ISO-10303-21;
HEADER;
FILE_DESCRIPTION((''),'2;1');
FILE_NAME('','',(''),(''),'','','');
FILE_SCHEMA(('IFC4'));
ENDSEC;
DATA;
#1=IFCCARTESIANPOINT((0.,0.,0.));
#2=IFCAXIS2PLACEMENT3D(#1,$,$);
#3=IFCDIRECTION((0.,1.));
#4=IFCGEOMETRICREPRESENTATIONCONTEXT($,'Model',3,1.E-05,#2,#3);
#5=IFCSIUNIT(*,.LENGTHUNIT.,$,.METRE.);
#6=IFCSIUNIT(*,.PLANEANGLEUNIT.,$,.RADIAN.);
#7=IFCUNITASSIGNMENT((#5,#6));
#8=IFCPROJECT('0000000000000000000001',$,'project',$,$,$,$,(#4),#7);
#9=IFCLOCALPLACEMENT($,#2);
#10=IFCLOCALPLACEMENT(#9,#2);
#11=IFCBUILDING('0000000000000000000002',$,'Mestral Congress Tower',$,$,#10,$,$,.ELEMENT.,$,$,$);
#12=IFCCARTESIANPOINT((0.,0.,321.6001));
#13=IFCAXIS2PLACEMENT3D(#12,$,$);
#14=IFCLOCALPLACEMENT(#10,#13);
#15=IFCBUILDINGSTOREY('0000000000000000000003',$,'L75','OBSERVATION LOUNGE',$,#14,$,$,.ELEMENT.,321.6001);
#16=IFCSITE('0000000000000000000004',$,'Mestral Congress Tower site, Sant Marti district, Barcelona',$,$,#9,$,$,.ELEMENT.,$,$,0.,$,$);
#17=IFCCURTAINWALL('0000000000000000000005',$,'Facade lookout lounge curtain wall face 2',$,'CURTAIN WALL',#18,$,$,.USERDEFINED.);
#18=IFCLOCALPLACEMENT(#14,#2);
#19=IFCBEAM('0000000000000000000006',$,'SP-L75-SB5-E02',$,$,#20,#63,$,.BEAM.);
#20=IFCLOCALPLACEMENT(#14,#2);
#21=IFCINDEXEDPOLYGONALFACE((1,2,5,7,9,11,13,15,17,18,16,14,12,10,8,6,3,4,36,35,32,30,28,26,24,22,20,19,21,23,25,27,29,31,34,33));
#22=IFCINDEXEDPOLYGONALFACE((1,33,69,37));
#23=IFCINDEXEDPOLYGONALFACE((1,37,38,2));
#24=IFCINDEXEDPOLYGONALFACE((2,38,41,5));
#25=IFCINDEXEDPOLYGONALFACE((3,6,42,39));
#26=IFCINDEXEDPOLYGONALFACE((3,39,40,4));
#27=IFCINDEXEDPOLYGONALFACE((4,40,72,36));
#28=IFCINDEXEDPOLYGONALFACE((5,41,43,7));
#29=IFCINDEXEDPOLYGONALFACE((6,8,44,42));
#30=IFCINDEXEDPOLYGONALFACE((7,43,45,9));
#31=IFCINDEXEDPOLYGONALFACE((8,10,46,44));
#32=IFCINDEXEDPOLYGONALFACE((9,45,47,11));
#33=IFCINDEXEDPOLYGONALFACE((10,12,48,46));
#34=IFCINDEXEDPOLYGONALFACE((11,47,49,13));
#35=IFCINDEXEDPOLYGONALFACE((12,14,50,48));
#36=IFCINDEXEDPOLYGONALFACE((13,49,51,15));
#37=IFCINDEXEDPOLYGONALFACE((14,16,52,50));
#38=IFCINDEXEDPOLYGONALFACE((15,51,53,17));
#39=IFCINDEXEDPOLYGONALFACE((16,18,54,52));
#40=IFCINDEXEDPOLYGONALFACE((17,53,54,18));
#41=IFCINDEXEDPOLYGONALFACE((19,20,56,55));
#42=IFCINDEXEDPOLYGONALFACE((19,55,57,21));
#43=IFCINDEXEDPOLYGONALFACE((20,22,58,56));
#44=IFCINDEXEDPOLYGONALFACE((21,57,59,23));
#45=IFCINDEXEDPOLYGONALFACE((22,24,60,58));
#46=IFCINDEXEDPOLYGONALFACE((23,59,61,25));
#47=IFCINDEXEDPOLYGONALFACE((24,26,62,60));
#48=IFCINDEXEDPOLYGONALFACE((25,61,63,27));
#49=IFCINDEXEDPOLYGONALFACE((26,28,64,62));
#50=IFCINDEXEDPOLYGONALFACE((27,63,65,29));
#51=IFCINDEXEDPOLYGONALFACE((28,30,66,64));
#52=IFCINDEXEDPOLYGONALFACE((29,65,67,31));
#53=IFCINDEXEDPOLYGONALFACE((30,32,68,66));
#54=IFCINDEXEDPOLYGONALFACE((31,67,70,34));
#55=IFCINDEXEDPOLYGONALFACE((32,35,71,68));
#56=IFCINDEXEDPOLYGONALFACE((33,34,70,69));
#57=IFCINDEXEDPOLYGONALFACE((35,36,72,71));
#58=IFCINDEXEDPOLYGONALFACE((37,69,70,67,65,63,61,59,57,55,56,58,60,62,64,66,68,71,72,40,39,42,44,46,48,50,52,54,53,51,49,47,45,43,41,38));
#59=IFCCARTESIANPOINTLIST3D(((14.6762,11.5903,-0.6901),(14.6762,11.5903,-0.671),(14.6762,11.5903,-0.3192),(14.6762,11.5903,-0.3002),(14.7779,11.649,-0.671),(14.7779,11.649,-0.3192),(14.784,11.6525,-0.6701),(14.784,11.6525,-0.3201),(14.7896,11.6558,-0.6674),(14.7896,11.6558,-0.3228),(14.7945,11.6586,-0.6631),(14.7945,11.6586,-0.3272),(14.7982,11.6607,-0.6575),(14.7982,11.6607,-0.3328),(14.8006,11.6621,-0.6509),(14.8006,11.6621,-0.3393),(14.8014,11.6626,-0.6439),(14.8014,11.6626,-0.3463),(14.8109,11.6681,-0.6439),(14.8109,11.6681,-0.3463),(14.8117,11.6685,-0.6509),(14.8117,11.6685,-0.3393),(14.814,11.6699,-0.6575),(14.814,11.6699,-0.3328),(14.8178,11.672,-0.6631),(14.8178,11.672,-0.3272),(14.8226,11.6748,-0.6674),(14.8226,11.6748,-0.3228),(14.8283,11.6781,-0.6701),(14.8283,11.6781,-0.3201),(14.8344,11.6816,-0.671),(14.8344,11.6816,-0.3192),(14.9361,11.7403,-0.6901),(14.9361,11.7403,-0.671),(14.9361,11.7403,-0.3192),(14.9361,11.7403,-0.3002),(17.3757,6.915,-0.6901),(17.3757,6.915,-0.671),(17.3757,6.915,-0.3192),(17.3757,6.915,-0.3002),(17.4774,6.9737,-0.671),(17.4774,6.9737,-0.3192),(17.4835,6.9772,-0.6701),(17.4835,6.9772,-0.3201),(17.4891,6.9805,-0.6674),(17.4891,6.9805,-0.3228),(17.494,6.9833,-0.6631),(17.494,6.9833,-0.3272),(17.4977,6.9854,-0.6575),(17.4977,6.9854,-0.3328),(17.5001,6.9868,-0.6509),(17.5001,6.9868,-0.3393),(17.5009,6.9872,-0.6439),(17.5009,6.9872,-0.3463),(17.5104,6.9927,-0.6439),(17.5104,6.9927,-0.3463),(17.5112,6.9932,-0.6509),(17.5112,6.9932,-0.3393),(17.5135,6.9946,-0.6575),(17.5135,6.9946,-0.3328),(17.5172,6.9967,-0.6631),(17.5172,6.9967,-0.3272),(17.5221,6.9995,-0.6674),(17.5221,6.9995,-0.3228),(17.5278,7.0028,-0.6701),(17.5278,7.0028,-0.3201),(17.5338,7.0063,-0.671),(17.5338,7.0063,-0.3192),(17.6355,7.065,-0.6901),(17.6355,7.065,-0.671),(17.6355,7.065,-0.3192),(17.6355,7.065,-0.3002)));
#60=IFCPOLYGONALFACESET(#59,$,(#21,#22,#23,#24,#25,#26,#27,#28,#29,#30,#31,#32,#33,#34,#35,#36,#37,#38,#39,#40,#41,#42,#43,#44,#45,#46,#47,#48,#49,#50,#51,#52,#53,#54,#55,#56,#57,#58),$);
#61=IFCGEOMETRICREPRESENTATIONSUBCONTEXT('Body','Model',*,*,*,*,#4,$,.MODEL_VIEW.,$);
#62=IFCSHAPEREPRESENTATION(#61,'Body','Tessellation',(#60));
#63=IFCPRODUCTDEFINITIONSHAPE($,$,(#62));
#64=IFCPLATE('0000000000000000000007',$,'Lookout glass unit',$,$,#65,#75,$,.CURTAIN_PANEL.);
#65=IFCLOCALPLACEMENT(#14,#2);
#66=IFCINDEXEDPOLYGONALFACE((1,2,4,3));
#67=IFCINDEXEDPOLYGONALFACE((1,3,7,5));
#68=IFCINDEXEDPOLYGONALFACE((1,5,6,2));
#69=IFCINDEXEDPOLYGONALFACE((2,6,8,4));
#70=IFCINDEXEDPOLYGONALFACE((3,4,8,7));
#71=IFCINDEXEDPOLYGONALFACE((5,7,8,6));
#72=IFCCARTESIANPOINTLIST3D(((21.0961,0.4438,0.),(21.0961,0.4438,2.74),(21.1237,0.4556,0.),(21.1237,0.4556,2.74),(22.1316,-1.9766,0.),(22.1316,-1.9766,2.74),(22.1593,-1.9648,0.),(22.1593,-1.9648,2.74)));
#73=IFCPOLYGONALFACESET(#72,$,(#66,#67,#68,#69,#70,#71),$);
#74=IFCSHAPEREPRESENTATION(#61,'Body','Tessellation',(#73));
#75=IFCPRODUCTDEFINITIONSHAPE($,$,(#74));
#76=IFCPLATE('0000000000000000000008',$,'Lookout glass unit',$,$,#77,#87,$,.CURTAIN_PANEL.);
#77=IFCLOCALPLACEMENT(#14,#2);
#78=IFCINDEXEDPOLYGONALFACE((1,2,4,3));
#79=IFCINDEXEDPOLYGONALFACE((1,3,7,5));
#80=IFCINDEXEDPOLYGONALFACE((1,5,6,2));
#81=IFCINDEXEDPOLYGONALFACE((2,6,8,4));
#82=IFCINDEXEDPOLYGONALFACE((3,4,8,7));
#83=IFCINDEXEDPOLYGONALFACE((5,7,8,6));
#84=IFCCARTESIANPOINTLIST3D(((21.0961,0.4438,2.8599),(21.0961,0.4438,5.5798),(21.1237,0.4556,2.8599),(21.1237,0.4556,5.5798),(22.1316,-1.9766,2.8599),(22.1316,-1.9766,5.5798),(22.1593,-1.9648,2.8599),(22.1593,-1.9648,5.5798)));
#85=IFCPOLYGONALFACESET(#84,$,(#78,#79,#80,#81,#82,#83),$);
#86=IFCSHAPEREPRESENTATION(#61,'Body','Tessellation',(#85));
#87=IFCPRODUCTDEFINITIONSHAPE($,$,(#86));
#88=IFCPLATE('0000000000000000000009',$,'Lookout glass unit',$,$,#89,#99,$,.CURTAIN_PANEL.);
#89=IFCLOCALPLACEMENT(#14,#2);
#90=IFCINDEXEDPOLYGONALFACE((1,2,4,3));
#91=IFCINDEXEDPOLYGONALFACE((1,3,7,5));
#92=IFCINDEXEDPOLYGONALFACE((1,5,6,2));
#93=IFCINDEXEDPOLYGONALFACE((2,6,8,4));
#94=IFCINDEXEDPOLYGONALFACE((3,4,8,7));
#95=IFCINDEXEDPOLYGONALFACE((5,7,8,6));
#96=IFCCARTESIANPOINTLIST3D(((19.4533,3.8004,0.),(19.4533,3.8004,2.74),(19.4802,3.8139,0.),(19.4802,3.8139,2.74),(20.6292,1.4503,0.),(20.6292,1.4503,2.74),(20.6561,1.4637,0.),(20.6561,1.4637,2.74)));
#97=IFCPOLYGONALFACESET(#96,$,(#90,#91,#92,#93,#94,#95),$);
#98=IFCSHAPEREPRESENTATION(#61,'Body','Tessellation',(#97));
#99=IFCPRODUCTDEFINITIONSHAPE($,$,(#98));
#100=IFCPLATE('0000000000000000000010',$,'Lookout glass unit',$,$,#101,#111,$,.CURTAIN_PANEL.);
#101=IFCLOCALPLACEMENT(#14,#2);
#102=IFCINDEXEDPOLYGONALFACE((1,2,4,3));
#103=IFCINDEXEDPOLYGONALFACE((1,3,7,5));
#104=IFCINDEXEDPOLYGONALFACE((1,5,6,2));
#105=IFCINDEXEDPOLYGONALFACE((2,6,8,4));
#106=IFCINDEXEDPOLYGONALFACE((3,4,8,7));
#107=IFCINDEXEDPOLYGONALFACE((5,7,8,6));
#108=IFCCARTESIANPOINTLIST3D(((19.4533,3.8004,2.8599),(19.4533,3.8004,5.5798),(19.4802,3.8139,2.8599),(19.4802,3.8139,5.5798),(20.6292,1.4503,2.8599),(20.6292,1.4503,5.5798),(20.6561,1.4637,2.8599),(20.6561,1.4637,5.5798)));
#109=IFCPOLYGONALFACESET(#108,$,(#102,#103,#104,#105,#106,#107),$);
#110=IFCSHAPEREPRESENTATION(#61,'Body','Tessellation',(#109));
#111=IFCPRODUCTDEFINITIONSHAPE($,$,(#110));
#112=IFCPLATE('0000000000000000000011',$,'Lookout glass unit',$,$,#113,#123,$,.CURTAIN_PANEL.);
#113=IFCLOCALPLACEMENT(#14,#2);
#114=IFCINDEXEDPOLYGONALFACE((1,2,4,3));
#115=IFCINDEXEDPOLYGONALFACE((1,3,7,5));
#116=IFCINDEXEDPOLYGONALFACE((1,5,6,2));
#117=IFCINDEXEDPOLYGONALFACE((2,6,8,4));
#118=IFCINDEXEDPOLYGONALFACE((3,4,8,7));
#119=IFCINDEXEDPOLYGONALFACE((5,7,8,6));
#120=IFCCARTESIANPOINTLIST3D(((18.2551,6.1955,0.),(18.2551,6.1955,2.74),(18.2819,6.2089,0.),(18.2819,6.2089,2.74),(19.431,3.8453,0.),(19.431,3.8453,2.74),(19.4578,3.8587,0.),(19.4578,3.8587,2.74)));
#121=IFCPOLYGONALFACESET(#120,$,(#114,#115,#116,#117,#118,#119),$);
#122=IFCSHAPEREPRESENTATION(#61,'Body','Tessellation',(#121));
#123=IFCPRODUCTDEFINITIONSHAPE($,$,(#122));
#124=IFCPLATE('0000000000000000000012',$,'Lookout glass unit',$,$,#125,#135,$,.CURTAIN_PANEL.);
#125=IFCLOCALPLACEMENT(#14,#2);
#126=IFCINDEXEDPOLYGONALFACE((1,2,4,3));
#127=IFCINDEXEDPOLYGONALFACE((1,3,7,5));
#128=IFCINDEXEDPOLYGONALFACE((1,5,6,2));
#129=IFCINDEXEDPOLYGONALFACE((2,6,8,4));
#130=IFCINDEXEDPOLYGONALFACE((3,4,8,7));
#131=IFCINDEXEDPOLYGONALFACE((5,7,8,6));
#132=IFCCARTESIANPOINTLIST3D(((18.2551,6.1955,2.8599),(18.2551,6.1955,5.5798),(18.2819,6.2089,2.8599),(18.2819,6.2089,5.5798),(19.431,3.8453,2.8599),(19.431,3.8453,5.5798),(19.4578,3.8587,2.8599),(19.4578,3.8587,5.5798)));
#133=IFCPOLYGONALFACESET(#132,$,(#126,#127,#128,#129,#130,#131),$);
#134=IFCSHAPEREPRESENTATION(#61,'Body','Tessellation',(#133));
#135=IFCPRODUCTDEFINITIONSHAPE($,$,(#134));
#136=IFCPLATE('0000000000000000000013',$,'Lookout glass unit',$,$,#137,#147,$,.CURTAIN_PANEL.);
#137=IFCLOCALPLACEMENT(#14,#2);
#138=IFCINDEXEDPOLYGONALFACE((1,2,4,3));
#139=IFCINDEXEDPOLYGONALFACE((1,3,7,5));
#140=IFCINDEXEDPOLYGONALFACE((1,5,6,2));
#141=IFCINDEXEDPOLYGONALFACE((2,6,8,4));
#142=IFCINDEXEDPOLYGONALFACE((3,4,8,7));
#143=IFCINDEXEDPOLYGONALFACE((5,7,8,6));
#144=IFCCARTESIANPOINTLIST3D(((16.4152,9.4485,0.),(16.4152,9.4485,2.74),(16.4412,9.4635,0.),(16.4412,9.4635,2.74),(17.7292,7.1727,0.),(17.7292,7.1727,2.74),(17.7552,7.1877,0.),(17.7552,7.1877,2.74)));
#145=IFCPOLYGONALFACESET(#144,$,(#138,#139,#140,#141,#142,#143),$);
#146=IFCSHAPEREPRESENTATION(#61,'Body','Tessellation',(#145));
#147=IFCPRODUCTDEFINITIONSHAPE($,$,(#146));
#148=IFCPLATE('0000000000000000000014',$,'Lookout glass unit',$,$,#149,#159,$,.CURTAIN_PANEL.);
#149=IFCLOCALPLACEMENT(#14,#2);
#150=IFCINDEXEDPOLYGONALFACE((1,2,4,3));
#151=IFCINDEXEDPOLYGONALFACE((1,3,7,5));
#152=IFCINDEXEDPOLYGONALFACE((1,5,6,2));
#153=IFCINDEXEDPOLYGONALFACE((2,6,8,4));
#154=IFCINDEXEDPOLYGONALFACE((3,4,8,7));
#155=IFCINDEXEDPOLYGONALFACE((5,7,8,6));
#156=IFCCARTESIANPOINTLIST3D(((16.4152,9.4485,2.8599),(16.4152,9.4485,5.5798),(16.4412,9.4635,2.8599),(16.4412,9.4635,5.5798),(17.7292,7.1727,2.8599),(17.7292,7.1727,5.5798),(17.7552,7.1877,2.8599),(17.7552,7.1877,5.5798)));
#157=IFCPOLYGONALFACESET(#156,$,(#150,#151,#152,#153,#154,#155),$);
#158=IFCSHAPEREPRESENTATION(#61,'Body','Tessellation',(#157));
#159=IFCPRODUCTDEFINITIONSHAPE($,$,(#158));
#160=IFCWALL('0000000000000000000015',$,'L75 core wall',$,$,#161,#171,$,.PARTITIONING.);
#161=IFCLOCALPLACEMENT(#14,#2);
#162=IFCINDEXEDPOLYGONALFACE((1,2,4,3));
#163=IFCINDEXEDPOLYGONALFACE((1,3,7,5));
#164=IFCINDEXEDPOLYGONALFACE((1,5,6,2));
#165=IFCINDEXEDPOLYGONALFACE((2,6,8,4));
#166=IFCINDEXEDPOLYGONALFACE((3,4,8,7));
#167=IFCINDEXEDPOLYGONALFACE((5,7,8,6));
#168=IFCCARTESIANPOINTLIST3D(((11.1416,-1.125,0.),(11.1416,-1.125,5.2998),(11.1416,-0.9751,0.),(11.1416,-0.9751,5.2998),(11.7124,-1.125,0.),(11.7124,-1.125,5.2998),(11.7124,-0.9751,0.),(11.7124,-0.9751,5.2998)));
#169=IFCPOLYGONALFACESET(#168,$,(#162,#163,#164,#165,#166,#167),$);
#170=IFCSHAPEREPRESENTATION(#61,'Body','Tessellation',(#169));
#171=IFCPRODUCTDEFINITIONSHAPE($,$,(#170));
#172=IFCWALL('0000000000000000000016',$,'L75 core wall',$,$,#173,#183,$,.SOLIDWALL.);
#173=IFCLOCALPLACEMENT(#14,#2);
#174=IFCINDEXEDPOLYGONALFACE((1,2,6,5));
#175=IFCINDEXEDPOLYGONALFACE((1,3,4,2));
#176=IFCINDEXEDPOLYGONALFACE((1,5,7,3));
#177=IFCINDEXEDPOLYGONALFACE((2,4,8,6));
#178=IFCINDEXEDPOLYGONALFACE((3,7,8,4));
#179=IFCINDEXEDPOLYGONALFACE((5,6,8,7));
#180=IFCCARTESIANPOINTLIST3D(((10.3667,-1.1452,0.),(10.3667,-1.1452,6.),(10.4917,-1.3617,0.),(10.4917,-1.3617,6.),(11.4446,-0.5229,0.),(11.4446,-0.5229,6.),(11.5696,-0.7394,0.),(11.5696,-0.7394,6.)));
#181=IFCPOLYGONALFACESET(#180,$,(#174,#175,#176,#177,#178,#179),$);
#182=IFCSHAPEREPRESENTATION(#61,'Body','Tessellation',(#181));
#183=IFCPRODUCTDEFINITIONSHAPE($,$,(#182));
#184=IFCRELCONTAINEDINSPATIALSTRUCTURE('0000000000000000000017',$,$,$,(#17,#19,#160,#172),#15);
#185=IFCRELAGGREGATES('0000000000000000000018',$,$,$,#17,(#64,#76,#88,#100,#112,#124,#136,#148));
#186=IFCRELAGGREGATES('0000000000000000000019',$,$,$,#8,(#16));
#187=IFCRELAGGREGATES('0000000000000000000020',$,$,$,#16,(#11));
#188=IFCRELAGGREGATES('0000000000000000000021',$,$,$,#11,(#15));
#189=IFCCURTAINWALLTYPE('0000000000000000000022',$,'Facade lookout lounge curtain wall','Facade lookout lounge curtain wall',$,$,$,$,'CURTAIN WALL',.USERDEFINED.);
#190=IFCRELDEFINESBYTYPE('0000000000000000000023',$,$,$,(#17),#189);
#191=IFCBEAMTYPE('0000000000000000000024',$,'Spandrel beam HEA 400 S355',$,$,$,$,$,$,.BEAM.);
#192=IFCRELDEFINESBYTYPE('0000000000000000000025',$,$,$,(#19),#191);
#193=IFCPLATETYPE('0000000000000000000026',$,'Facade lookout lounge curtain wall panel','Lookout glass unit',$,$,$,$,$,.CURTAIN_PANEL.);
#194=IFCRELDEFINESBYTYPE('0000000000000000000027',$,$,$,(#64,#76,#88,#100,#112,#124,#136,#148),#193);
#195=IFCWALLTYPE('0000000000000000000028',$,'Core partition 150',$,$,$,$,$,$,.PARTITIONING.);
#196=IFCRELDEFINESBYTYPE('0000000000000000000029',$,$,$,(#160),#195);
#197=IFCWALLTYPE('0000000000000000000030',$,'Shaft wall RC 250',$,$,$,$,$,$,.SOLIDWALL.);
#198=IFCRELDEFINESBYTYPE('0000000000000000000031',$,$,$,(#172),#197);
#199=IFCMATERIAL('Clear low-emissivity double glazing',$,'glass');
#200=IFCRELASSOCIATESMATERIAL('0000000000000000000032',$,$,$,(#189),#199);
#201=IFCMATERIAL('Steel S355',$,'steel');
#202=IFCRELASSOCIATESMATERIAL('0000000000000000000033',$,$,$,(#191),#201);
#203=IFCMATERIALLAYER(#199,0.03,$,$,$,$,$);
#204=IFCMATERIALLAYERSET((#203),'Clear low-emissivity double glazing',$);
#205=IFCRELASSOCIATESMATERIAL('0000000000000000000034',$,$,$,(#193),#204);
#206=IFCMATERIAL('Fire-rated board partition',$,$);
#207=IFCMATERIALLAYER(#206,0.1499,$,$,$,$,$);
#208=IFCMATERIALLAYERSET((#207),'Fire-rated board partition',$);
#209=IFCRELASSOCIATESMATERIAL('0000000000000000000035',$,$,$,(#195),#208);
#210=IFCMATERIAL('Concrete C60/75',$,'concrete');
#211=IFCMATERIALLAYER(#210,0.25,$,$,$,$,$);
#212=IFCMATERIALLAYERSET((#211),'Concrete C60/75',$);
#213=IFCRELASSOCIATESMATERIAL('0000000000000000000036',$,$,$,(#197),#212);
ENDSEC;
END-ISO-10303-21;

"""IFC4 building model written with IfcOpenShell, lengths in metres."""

from ifc_helpers import new_model, si_unit, direction, frame, frame_2d, origin, origin_2d, place, context, subcontext, project, spatial, rectangle, i_section, extrude, material, layer, layer_set, material_profile, profile_set, type_object, element, aggregate, save


model = new_model("IFC4")

# Units and contexts
model_context = context("Model", 3, precision=1e-05, world=origin(), true_north=direction((0.0, 1.0)))
body_context = subcontext(model_context, "Body", "Model", "MODEL_VIEW")
ifc_project = project(units=[si_unit("LENGTHUNIT", "METRE"), si_unit("PLANEANGLEUNIT", "RADIAN")], contexts=[model_context])

# Site, building, storey
site_placement = place(None, origin())
site = spatial("IfcSite", under=ifc_project, at=site_placement, Name="Mestral Congress Tower site, Sant Marti district, Barcelona", CompositionType="ELEMENT", RefElevation=0.0)
building_placement = place(site_placement, origin())
building = spatial("IfcBuilding", under=site, at=building_placement, Name="Mestral Congress Tower", CompositionType="ELEMENT")
storey_placement = place(building_placement, frame((0.0, 0.0, 321.6001)))
storey = spatial("IfcBuildingStorey", under=building, at=storey_placement, Name="L75", Description="OBSERVATION LOUNGE", CompositionType="ELEMENT", Elevation=321.6001)

# Shared definitions
ifc_material_1 = material(Name="Concrete C60/75", Category="concrete")

# Curtain wall
ifc_material_2 = material(Name="Clear low-emissivity double glazing", Category="glass")
curtain_wall_type = type_object("IfcCurtainWallType", Name="Facade lookout lounge curtain wall", Description="Facade lookout lounge curtain wall", ElementType="CURTAIN WALL", PredefinedType="USERDEFINED", material=ifc_material_2)
curtain_wall_placement = place(storey_placement, origin())
curtain_wall = element("IfcCurtainWall", 1, at=curtain_wall_placement, inside=storey, type_object=curtain_wall_type, Name="Facade lookout lounge curtain wall face 2", ObjectType="CURTAIN WALL", PredefinedType="USERDEFINED")

# Beam
ifc_material_3 = material(Name="Steel S355", Category="steel")
ifc_material_profile_1 = material_profile(ifc_material_3, i_section(OverallWidth=0.3, OverallDepth=0.3899, WebThickness=0.011, FlangeThickness=0.019, FilletRadius=0.0271, at=origin_2d()), Name="HEA 400")
ifc_profile_set_1 = profile_set([ifc_material_profile_1], Name="Steel S355")
beam_type_1 = type_object("IfcBeamType", Name="Spandrel beam HEA 400 S355", PredefinedType="BEAM", material=ifc_profile_set_1)
beam_1_placement = place(storey_placement, frame((17.5056, 6.99, -0.4951), z_axis=(-0.500025, 0.866011, 0.0), x_axis=(-0.866011, -0.500025, 0.0)))
element("IfcBeam", 2, at=beam_1_placement, inside=storey, type_object=beam_type_1, Name="SP-L75-SB5-E02", PredefinedType="BEAM", context=body_context, shape_type="SweptSolid", body=[
    extrude(i_section(OverallWidth=0.3, OverallDepth=0.3899, WebThickness=0.011, FlangeThickness=0.019, FilletRadius=0.0271, at=origin_2d()), origin(), (0.0, 0.0, 1.0), 5.3987),
])

# Plates
ifc_layer_1 = layer(ifc_material_2, 0.03)
ifc_layer_set_1 = layer_set([ifc_layer_1], Name="Clear low-emissivity double glazing")
plate_type = type_object("IfcPlateType", Name="Facade lookout lounge curtain wall panel", Description="Lookout glass unit", PredefinedType="CURTAIN_PANEL", material=ifc_layer_set_1)
plate_1_placement = place(storey_placement, frame((21.6277, -0.7605, 0.0), z_axis=(0.0, 0.0, 1.0), x_axis=(-0.393356, 0.919386, 0.0)))
plate_1 = element("IfcPlate", 3, at=plate_1_placement, type_object=plate_type, Name="Lookout glass unit", PredefinedType="CURTAIN_PANEL", context=body_context, shape_type="SweptSolid", body=[
    extrude(rectangle(XDim=2.6326, YDim=0.03, at=origin_2d()), origin(), (0.0, 0.0, 1.0), 2.74),
])
plate_2_placement = place(storey_placement, frame((21.6277, -0.7605, 2.8599), z_axis=(0.0, 0.0, 1.0), x_axis=(-0.393356, 0.919386, 0.0)))
plate_2 = element("IfcPlate", 4, at=plate_2_placement, type_object=plate_type, Name="Lookout glass unit", PredefinedType="CURTAIN_PANEL", context=body_context, shape_type="SweptSolid", body=[
    extrude(rectangle(XDim=2.6326, YDim=0.03, at=origin_2d()), origin(), (0.0, 0.0, 1.0), 2.72),
])
plate_3_placement = place(storey_placement, frame((20.0547, 2.6321, 0.0), z_axis=(0.0, 0.0, 1.0), x_axis=(-0.447469, 0.8943, 0.0)))
plate_3 = element("IfcPlate", 5, at=plate_3_placement, type_object=plate_type, Name="Lookout glass unit", PredefinedType="CURTAIN_PANEL", context=body_context, shape_type="SweptSolid", body=[
    extrude(rectangle(XDim=2.6279, YDim=0.03, at=origin_2d()), origin(), (0.0, 0.0, 1.0), 2.74),
])
plate_4_placement = place(storey_placement, frame((20.0547, 2.6321, 2.8599), z_axis=(0.0, 0.0, 1.0), x_axis=(-0.447469, 0.8943, 0.0)))
plate_4 = element("IfcPlate", 6, at=plate_4_placement, type_object=plate_type, Name="Lookout glass unit", PredefinedType="CURTAIN_PANEL", context=body_context, shape_type="SweptSolid", body=[
    extrude(rectangle(XDim=2.6279, YDim=0.03, at=origin_2d()), origin(), (0.0, 0.0, 1.0), 2.72),
])
plate_5_placement = place(storey_placement, frame((18.8564, 5.0271, 0.0), z_axis=(0.0, 0.0, 1.0), x_axis=(-0.447469, 0.8943, 0.0)))
plate_5 = element("IfcPlate", 7, at=plate_5_placement, type_object=plate_type, Name="Lookout glass unit", PredefinedType="CURTAIN_PANEL", context=body_context, shape_type="SweptSolid", body=[
    extrude(rectangle(XDim=2.6279, YDim=0.03, at=origin_2d()), origin(), (0.0, 0.0, 1.0), 2.74),
])
plate_6_placement = place(storey_placement, frame((18.8564, 5.0271, 2.8599), z_axis=(0.0, 0.0, 1.0), x_axis=(-0.447469, 0.8943, 0.0)))
plate_6 = element("IfcPlate", 8, at=plate_6_placement, type_object=plate_type, Name="Lookout glass unit", PredefinedType="CURTAIN_PANEL", context=body_context, shape_type="SweptSolid", body=[
    extrude(rectangle(XDim=2.6279, YDim=0.03, at=origin_2d()), origin(), (0.0, 0.0, 1.0), 2.72),
])
plate_7_placement = place(storey_placement, frame((17.0852, 8.3181, 0.0), z_axis=(0.0, 0.0, 1.0), x_axis=(-0.500006, 0.866022, 0.0)))
plate_7 = element("IfcPlate", 9, at=plate_7_placement, type_object=plate_type, Name="Lookout glass unit", PredefinedType="CURTAIN_PANEL", context=body_context, shape_type="SweptSolid", body=[
    extrude(rectangle(XDim=2.6279, YDim=0.03, at=origin_2d()), origin(), (0.0, 0.0, 1.0), 2.74),
])
plate_8_placement = place(storey_placement, frame((17.0852, 8.3181, 2.8599), z_axis=(0.0, 0.0, 1.0), x_axis=(-0.500006, 0.866022, 0.0)))
plate_8 = element("IfcPlate", 10, at=plate_8_placement, type_object=plate_type, Name="Lookout glass unit", PredefinedType="CURTAIN_PANEL", context=body_context, shape_type="SweptSolid", body=[
    extrude(rectangle(XDim=2.6279, YDim=0.03, at=origin_2d()), origin(), (0.0, 0.0, 1.0), 2.72),
])
aggregate(curtain_wall, [plate_1, plate_2, plate_3, plate_4, plate_5, plate_6, plate_7, plate_8])

# Walls
ifc_material_4 = material(Name="Fire-rated board partition")
ifc_layer_2 = layer(ifc_material_4, 0.1499)
ifc_layer_set_2 = layer_set([ifc_layer_2], Name="Fire-rated board partition")
wall_type_1 = type_object("IfcWallType", Name="Core partition 150", PredefinedType="PARTITIONING", material=ifc_layer_set_2)
wall_1_placement = place(storey_placement, frame((11.7124, -1.05, 0.0), z_axis=(0.0, 0.0, 1.0), x_axis=(-1.0, 0.0, 0.0)))
element("IfcWall", 11, at=wall_1_placement, inside=storey, type_object=wall_type_1, Name="L75 core wall", PredefinedType="PARTITIONING", context=body_context, shape_type="SweptSolid", body=[
    extrude(rectangle(XDim=0.5708, YDim=0.1499, at=frame_2d((0.2854, 0.0))), origin(), (0.0, 0.0, 1.0), 5.2998),
])
ifc_layer_3 = layer(ifc_material_1, 0.25)
ifc_layer_set_3 = layer_set([ifc_layer_3], Name="Concrete C60/75")
wall_type_2 = type_object("IfcWallType", Name="Shaft wall RC 250", PredefinedType="SOLIDWALL", material=ifc_layer_set_3)
wall_2_placement = place(storey_placement, frame((11.5071, -0.6311, 0.0), z_axis=(0.0, 0.0, 1.0), x_axis=(-0.866026, -0.5, 0.0)))
element("IfcWall", 12, at=wall_2_placement, inside=storey, type_object=wall_type_2, Name="L75 core wall", PredefinedType="SOLIDWALL", context=body_context, shape_type="SweptSolid", body=[
    extrude(rectangle(XDim=1.2446, YDim=0.25, at=frame_2d((0.6223, 0.0))), origin(), (0.0, 0.0, 1.0), 6.0),
])

save(model, "model.ifc")
